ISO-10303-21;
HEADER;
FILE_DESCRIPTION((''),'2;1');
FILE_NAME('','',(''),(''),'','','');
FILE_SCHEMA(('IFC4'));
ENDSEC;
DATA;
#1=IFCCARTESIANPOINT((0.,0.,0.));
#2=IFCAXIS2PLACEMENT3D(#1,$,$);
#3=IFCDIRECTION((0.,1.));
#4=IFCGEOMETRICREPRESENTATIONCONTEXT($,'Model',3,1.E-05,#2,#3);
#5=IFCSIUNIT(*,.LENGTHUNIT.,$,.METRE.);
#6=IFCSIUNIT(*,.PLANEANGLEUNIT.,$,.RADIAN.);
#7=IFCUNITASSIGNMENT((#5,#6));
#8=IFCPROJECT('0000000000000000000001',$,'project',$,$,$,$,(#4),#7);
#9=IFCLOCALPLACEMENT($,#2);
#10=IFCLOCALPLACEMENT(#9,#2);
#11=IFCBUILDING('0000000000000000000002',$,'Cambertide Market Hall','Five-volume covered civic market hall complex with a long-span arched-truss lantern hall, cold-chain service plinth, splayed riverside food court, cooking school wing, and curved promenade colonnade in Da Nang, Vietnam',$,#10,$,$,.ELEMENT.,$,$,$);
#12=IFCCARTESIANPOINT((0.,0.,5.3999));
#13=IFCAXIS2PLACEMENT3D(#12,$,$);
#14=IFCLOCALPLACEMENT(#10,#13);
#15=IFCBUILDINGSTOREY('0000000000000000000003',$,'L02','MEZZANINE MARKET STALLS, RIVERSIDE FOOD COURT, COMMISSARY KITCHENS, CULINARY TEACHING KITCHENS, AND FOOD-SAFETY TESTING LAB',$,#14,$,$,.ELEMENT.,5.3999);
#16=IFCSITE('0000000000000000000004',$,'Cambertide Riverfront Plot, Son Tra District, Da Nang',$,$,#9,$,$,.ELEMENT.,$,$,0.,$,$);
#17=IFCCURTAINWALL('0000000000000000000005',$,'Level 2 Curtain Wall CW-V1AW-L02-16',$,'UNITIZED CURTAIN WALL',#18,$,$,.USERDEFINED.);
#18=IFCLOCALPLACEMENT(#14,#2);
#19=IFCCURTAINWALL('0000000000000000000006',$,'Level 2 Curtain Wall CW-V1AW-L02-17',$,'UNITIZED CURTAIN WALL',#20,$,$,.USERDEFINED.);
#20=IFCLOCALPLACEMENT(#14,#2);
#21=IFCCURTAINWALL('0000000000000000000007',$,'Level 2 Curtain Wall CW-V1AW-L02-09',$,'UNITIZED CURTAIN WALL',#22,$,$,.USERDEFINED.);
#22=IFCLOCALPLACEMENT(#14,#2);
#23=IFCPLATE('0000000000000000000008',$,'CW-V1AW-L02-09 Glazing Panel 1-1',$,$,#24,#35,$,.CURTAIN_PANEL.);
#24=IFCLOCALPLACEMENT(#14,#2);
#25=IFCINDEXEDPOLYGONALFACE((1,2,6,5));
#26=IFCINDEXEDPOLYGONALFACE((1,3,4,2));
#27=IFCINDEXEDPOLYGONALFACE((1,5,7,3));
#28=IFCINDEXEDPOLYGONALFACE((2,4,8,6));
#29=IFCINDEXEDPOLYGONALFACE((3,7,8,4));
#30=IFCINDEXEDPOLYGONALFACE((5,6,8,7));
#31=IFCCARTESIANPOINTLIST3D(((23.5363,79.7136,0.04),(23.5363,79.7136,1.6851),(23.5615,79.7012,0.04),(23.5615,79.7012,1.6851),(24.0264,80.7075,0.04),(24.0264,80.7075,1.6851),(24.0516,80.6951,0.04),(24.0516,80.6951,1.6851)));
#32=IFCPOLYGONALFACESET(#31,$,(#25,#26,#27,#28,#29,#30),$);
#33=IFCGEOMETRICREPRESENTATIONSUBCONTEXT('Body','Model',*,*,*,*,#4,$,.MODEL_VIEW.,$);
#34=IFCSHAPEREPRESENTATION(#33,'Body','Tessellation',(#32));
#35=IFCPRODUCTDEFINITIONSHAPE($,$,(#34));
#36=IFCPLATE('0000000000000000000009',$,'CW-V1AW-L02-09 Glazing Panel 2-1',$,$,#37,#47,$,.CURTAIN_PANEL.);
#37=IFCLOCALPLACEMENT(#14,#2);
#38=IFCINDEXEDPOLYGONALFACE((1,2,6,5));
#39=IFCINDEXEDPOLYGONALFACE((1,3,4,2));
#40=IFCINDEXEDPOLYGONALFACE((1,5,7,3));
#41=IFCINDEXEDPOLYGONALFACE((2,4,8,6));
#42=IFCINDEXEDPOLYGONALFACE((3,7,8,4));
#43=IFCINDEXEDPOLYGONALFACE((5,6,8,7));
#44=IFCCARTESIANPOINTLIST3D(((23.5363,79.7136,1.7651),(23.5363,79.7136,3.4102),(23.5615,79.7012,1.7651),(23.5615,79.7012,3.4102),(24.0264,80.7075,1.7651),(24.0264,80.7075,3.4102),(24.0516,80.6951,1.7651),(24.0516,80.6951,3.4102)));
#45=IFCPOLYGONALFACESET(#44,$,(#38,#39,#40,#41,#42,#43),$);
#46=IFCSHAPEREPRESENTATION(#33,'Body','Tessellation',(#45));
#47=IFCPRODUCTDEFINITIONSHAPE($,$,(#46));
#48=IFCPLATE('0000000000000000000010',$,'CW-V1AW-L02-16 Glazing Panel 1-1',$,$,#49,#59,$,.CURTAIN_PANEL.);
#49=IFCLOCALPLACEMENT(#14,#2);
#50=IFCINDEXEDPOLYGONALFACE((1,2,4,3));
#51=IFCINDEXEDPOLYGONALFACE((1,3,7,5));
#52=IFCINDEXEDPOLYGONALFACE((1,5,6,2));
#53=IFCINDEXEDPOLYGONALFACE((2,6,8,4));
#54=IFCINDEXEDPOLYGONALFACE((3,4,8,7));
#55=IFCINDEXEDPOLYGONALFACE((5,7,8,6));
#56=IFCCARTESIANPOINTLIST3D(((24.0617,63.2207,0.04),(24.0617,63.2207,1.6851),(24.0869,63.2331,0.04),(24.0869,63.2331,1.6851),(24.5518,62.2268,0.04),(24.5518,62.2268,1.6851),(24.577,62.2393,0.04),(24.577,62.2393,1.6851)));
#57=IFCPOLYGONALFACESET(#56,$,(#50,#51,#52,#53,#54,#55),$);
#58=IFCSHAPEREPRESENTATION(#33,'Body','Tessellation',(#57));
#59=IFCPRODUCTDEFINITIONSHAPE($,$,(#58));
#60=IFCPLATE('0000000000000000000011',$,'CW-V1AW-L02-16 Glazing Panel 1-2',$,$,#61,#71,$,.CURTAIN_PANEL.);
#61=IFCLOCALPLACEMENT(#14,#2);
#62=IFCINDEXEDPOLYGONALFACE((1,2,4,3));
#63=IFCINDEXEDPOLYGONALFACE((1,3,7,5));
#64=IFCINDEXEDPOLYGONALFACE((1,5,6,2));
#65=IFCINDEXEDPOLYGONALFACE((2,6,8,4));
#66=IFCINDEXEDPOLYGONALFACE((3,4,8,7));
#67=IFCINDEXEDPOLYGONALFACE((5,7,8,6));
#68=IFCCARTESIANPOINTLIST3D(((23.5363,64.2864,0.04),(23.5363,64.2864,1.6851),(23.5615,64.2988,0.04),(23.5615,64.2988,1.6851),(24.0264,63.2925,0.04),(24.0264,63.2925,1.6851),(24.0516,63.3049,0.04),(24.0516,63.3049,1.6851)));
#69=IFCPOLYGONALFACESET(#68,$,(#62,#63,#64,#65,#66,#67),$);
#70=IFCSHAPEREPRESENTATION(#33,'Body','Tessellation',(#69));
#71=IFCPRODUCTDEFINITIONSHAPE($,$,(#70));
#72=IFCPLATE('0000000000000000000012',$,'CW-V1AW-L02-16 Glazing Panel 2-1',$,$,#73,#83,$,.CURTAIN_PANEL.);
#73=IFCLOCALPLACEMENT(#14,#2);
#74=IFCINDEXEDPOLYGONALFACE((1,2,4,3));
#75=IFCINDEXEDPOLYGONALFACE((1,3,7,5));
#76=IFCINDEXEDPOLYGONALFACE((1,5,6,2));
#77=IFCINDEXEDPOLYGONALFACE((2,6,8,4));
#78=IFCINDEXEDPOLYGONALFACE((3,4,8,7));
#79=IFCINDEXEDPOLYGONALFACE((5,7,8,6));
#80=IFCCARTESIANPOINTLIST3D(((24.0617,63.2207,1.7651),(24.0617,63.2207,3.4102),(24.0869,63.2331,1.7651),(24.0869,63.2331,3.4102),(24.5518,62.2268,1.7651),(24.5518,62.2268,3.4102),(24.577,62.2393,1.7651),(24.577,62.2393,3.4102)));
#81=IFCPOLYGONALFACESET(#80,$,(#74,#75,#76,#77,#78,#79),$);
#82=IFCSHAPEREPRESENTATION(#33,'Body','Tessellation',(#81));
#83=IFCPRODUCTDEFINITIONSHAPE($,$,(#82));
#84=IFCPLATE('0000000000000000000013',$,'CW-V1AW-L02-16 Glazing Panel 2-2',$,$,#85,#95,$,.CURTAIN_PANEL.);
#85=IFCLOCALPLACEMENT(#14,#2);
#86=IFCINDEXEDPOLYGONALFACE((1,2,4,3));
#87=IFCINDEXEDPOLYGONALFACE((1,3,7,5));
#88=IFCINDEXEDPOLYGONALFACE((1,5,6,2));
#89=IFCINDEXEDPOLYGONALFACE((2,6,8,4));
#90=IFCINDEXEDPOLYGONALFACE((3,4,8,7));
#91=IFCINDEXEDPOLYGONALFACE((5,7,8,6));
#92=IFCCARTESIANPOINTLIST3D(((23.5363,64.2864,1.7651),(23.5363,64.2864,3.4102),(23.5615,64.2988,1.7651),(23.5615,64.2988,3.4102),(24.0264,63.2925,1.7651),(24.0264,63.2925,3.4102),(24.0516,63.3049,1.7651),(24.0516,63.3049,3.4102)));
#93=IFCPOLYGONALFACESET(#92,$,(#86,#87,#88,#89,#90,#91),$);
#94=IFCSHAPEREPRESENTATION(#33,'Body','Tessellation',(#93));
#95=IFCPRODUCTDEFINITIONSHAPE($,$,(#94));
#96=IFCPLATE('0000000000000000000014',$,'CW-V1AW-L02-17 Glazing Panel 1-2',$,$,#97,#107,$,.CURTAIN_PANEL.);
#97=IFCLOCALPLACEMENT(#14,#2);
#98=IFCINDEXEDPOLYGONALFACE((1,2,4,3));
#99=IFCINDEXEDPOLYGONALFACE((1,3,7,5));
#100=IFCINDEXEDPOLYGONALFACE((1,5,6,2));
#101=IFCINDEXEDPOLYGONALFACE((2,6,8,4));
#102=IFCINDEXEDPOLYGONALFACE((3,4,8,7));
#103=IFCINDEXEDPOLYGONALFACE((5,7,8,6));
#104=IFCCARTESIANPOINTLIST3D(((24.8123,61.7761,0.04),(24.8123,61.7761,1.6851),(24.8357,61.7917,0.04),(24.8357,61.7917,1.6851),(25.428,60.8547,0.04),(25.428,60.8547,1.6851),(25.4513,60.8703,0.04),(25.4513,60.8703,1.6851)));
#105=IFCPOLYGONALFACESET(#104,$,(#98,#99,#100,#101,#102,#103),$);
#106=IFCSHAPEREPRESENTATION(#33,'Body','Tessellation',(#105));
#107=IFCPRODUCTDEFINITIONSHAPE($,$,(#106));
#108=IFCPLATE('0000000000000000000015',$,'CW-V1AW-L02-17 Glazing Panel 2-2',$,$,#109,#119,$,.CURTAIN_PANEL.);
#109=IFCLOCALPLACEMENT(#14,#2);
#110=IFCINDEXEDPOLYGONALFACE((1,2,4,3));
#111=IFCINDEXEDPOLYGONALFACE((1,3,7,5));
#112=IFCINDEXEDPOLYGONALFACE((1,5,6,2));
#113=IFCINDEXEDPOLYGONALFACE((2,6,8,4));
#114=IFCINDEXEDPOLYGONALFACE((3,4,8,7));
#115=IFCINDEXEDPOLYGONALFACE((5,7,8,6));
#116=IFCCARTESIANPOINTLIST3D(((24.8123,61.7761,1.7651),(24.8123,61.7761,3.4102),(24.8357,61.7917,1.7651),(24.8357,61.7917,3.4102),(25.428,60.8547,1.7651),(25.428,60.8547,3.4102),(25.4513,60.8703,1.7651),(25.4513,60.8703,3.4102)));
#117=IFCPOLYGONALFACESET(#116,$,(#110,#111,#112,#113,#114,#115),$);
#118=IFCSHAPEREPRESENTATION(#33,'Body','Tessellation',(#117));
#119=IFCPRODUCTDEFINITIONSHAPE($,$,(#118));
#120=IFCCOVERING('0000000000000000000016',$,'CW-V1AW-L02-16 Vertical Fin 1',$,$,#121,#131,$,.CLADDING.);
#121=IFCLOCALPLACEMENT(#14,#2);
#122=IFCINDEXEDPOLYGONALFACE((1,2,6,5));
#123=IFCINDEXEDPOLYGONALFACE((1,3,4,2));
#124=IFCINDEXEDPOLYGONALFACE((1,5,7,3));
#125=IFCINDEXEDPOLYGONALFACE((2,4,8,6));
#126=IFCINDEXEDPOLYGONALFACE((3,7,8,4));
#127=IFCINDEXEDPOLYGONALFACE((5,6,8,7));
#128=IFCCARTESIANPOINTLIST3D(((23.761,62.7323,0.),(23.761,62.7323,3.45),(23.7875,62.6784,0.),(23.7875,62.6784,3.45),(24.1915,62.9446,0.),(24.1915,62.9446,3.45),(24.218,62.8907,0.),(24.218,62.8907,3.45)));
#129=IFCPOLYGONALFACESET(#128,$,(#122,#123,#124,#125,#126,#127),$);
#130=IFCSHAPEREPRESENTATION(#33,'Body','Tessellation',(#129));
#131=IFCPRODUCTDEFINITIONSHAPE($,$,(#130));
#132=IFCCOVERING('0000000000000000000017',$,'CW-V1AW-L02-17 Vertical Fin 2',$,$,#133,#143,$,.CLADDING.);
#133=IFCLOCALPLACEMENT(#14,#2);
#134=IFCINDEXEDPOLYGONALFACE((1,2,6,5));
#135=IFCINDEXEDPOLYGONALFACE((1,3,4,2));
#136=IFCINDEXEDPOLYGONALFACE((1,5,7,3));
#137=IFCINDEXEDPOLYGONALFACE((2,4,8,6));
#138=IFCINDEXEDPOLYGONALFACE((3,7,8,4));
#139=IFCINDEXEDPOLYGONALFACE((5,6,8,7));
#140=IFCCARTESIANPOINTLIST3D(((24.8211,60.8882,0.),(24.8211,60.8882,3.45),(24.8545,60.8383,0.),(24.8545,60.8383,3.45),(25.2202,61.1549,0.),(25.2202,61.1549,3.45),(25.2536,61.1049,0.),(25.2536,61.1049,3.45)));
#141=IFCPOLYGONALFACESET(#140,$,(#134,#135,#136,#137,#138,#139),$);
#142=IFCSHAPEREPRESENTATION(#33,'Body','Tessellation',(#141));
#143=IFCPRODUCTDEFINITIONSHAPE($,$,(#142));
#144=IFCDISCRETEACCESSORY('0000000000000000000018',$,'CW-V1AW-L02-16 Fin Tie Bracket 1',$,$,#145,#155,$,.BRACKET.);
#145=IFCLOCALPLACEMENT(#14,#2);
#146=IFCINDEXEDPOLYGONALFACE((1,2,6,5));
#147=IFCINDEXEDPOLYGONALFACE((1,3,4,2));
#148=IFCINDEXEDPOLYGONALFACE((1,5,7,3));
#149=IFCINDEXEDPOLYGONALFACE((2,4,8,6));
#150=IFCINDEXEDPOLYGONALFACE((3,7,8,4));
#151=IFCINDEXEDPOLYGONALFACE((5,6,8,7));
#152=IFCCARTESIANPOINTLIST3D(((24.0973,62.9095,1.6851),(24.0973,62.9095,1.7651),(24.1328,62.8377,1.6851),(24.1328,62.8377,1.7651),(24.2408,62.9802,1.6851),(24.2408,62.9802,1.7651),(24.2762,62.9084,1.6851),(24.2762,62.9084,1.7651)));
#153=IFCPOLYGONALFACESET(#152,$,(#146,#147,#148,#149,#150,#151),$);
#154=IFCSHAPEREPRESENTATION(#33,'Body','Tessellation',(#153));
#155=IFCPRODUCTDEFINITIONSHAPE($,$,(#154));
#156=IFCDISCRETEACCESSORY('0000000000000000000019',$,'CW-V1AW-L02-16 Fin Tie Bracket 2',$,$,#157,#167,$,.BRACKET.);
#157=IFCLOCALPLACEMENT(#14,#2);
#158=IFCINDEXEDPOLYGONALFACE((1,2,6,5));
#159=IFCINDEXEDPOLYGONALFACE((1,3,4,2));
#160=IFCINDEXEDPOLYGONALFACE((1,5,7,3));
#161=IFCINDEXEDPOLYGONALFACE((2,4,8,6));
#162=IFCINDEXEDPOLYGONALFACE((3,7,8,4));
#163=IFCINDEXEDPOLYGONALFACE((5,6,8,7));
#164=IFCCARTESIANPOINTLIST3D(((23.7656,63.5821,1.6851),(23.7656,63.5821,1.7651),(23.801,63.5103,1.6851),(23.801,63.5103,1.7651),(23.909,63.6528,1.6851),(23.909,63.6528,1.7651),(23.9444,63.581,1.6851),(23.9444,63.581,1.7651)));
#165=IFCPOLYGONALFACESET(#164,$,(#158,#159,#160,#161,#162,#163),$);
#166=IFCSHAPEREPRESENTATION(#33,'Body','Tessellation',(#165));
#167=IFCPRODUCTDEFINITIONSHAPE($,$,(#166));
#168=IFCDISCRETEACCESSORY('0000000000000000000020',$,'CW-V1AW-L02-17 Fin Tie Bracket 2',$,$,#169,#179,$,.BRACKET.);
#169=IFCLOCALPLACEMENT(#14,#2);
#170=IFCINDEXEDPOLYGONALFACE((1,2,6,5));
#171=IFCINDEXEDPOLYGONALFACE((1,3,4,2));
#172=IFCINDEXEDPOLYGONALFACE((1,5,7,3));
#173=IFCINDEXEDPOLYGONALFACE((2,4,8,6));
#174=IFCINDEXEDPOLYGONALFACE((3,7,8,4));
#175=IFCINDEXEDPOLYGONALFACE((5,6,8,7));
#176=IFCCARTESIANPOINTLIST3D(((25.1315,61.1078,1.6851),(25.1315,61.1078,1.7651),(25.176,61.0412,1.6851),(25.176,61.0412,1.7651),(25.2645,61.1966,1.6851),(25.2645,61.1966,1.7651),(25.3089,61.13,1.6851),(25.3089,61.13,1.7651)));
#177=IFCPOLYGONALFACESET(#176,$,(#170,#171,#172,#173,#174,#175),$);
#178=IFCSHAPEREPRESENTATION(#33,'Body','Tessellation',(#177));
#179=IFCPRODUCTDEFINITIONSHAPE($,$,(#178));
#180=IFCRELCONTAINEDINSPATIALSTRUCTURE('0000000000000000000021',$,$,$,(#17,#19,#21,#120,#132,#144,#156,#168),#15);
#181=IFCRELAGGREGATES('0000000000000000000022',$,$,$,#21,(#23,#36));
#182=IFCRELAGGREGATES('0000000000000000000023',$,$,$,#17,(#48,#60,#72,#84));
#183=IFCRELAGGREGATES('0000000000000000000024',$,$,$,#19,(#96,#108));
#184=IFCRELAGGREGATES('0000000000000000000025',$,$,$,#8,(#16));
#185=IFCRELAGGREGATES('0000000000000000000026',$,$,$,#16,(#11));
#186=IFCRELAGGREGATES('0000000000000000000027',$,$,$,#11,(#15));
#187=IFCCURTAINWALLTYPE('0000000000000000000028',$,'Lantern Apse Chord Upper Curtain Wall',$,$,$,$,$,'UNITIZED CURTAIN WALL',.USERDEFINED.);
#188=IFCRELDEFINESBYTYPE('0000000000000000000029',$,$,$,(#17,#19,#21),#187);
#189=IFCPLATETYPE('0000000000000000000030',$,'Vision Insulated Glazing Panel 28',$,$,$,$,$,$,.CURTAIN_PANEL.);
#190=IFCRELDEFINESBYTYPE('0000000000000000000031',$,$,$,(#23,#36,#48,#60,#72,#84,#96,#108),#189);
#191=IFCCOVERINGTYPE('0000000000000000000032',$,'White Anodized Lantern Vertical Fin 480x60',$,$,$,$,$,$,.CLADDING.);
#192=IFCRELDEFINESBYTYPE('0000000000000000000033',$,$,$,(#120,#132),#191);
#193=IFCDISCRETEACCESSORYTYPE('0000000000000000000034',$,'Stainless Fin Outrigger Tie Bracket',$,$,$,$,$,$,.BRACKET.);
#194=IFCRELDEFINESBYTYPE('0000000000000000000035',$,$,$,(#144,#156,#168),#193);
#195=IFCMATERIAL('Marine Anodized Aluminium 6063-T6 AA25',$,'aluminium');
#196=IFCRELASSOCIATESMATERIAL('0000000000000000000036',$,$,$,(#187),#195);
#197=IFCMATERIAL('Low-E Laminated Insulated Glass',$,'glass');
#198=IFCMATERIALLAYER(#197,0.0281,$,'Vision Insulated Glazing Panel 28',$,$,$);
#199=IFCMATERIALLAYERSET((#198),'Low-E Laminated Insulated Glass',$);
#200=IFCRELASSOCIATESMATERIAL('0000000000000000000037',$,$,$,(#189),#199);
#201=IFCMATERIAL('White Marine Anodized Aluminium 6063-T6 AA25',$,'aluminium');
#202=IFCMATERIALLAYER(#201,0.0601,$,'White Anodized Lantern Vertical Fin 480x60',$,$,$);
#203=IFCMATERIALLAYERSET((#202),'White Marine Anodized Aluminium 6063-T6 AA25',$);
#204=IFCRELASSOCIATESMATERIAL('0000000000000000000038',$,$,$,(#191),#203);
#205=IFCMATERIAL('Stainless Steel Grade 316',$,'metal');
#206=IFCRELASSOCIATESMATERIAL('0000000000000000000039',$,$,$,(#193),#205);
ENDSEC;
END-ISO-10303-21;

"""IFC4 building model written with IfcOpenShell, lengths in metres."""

from ifc_helpers import new_model, si_unit, direction, frame, origin, origin_2d, place, context, subcontext, project, spatial, rectangle, extrude, material, layer, layer_set, type_object, element, aggregate, save


model = new_model("IFC4")

# Units and contexts
model_context = context("Model", 3, precision=1e-05, world=origin(), true_north=direction((0.0, 1.0)))
body_context = subcontext(model_context, "Body", "Model", "MODEL_VIEW")
ifc_project = project(units=[si_unit("LENGTHUNIT", "METRE"), si_unit("PLANEANGLEUNIT", "RADIAN")], contexts=[model_context])

# Site, building, storey
site_placement = place(None, origin())
site = spatial("IfcSite", under=ifc_project, at=site_placement, Name="Cambertide Riverfront Plot, Son Tra District, Da Nang", CompositionType="ELEMENT", RefElevation=0.0)
building_placement = place(site_placement, origin())
building = spatial("IfcBuilding", under=site, at=building_placement, Name="Cambertide Market Hall", Description="Five-volume covered civic market hall complex with a long-span arched-truss lantern hall, cold-chain service plinth, splayed riverside food court, cooking school wing, and curved promenade colonnade in Da Nang, Vietnam", CompositionType="ELEMENT")
storey_placement = place(building_placement, frame((0.0, 0.0, 5.3999)))
storey = spatial("IfcBuildingStorey", under=building, at=storey_placement, Name="L02", Description="MEZZANINE MARKET STALLS, RIVERSIDE FOOD COURT, COMMISSARY KITCHENS, CULINARY TEACHING KITCHENS, AND FOOD-SAFETY TESTING LAB", CompositionType="ELEMENT", Elevation=5.3999)

# Curtain walls
ifc_material_1 = material(Name="Marine Anodized Aluminium 6063-T6 AA25", Category="aluminium")
curtain_wall_type = type_object("IfcCurtainWallType", Name="Lantern Apse Chord Upper Curtain Wall", ElementType="UNITIZED CURTAIN WALL", PredefinedType="USERDEFINED", material=ifc_material_1)
curtain_wall_1_placement = place(storey_placement, origin())
curtain_wall_1 = element("IfcCurtainWall", 1, at=curtain_wall_1_placement, inside=storey, type_object=curtain_wall_type, Name="Level 2 Curtain Wall CW-V1AW-L02-16", ObjectType="UNITIZED CURTAIN WALL", PredefinedType="USERDEFINED")
curtain_wall_2_placement = place(storey_placement, origin())
curtain_wall_2 = element("IfcCurtainWall", 2, at=curtain_wall_2_placement, inside=storey, type_object=curtain_wall_type, Name="Level 2 Curtain Wall CW-V1AW-L02-17", ObjectType="UNITIZED CURTAIN WALL", PredefinedType="USERDEFINED")

# Curtain wall, plates
curtain_wall_3_placement = place(storey_placement, origin())
curtain_wall_3 = element("IfcCurtainWall", 3, at=curtain_wall_3_placement, inside=storey, type_object=curtain_wall_type, Name="Level 2 Curtain Wall CW-V1AW-L02-09", ObjectType="UNITIZED CURTAIN WALL", PredefinedType="USERDEFINED")
ifc_material_2 = material(Name="Low-E Laminated Insulated Glass", Category="glass")
ifc_layer_1 = layer(ifc_material_2, 0.0281, Name="Vision Insulated Glazing Panel 28")
ifc_layer_set_1 = layer_set([ifc_layer_1], Name="Low-E Laminated Insulated Glass")
plate_type = type_object("IfcPlateType", Name="Vision Insulated Glazing Panel 28", PredefinedType="CURTAIN_PANEL", material=ifc_layer_set_1)
plate_1_placement = place(storey_placement, frame((23.7939, 80.2043, 0.04), z_axis=(0.0, 0.0, 1.0), x_axis=(0.442289, 0.896873, 0.0)))
plate_1 = element("IfcPlate", 4, at=plate_1_placement, type_object=plate_type, Name="CW-V1AW-L02-09 Glazing Panel 1-1", PredefinedType="CURTAIN_PANEL", context=body_context, shape_type="SweptSolid", body=[
    extrude(rectangle(XDim=1.1082, YDim=0.0281, at=origin_2d()), origin(), (0.0, 0.0, 1.0), 1.645),
])
plate_2_placement = place(storey_placement, frame((23.7939, 80.2043, 1.7651), z_axis=(0.0, 0.0, 1.0), x_axis=(0.442289, 0.896873, 0.0)))
plate_2 = element("IfcPlate", 5, at=plate_2_placement, type_object=plate_type, Name="CW-V1AW-L02-09 Glazing Panel 2-1", PredefinedType="CURTAIN_PANEL", context=body_context, shape_type="SweptSolid", body=[
    extrude(rectangle(XDim=1.1082, YDim=0.0281, at=origin_2d()), origin(), (0.0, 0.0, 1.0), 1.645),
])
aggregate(curtain_wall_3, [plate_1, plate_2])

# Plates
plate_3_placement = place(storey_placement, frame((24.3193, 62.73, 0.04), z_axis=(0.0, 0.0, 1.0), x_axis=(-0.442289, 0.896873, 0.0)))
plate_3 = element("IfcPlate", 6, at=plate_3_placement, type_object=plate_type, Name="CW-V1AW-L02-16 Glazing Panel 1-1", PredefinedType="CURTAIN_PANEL", context=body_context, shape_type="SweptSolid", body=[
    extrude(rectangle(XDim=1.1082, YDim=0.0281, at=origin_2d()), origin(), (0.0, 0.0, 1.0), 1.645),
])
plate_4_placement = place(storey_placement, frame((23.7939, 63.7957, 0.04), z_axis=(0.0, 0.0, 1.0), x_axis=(-0.442289, 0.896873, 0.0)))
plate_4 = element("IfcPlate", 7, at=plate_4_placement, type_object=plate_type, Name="CW-V1AW-L02-16 Glazing Panel 1-2", PredefinedType="CURTAIN_PANEL", context=body_context, shape_type="SweptSolid", body=[
    extrude(rectangle(XDim=1.1082, YDim=0.0281, at=origin_2d()), origin(), (0.0, 0.0, 1.0), 1.645),
])
plate_5_placement = place(storey_placement, frame((24.3193, 62.73, 1.7651), z_axis=(0.0, 0.0, 1.0), x_axis=(-0.442289, 0.896873, 0.0)))
plate_5 = element("IfcPlate", 8, at=plate_5_placement, type_object=plate_type, Name="CW-V1AW-L02-16 Glazing Panel 2-1", PredefinedType="CURTAIN_PANEL", context=body_context, shape_type="SweptSolid", body=[
    extrude(rectangle(XDim=1.1082, YDim=0.0281, at=origin_2d()), origin(), (0.0, 0.0, 1.0), 1.645),
])
plate_6_placement = place(storey_placement, frame((23.7939, 63.7957, 1.7651), z_axis=(0.0, 0.0, 1.0), x_axis=(-0.442289, 0.896873, 0.0)))
plate_6 = element("IfcPlate", 9, at=plate_6_placement, type_object=plate_type, Name="CW-V1AW-L02-16 Glazing Panel 2-2", PredefinedType="CURTAIN_PANEL", context=body_context, shape_type="SweptSolid", body=[
    extrude(rectangle(XDim=1.1082, YDim=0.0281, at=origin_2d()), origin(), (0.0, 0.0, 1.0), 1.645),
])
aggregate(curtain_wall_1, [plate_3, plate_4, plate_5, plate_6])
plate_7_placement = place(storey_placement, frame((25.1318, 61.3232, 0.04), z_axis=(0.0, 0.0, 1.0), x_axis=(-0.55557, 0.83147, 0.0)))
plate_7 = element("IfcPlate", 10, at=plate_7_placement, type_object=plate_type, Name="CW-V1AW-L02-17 Glazing Panel 1-2", PredefinedType="CURTAIN_PANEL", context=body_context, shape_type="SweptSolid", body=[
    extrude(rectangle(XDim=1.1082, YDim=0.0281, at=origin_2d()), origin(), (0.0, 0.0, 1.0), 1.645),
])
plate_8_placement = place(storey_placement, frame((25.1318, 61.3232, 1.7651), z_axis=(0.0, 0.0, 1.0), x_axis=(-0.55557, 0.83147, 0.0)))
plate_8 = element("IfcPlate", 11, at=plate_8_placement, type_object=plate_type, Name="CW-V1AW-L02-17 Glazing Panel 2-2", PredefinedType="CURTAIN_PANEL", context=body_context, shape_type="SweptSolid", body=[
    extrude(rectangle(XDim=1.1082, YDim=0.0281, at=origin_2d()), origin(), (0.0, 0.0, 1.0), 1.645),
])
aggregate(curtain_wall_2, [plate_7, plate_8])

# Coverings
ifc_material_3 = material(Name="White Marine Anodized Aluminium 6063-T6 AA25", Category="aluminium")
ifc_layer_2 = layer(ifc_material_3, 0.0601, Name="White Anodized Lantern Vertical Fin 480x60")
ifc_layer_set_2 = layer_set([ifc_layer_2], Name="White Marine Anodized Aluminium 6063-T6 AA25")
covering_type = type_object("IfcCoveringType", Name="White Anodized Lantern Vertical Fin 480x60", PredefinedType="CLADDING", material=ifc_layer_set_2)
for number, where, z_axis, x_axis, name in (
    (12, (23.9895, 62.8115, 0.0), (0.0, 0.0, 1.0), (-0.442289, 0.896873, 0.0), "CW-V1AW-L02-16 Vertical Fin 1"),
    (13, (25.0374, 60.9966, 0.0), (0.0, 0.0, 1.0), (-0.55557, 0.83147, 0.0), "CW-V1AW-L02-17 Vertical Fin 2"),
):
    element("IfcCovering", number, at=place(storey_placement, frame(where, z_axis=z_axis, x_axis=x_axis)), inside=storey, type_object=covering_type, Name=name, PredefinedType="CLADDING", context=body_context, shape_type="SweptSolid", body=[
        extrude(rectangle(XDim=0.0601, YDim=0.48, at=origin_2d()), origin(), (0.0, 0.0, 1.0), 3.45),
    ])

# Discrete accessories
ifc_material_4 = material(Name="Stainless Steel Grade 316", Category="metal")
discrete_accessory_type = type_object("IfcDiscreteAccessoryType", Name="Stainless Fin Outrigger Tie Bracket", PredefinedType="BRACKET", material=ifc_material_4)
for number, where, z_axis, x_axis, name in (
    (14, (24.1868, 62.9089, 1.6851), (0.0, 0.0, 1.0), (-0.442289, 0.896873, 0.0), "CW-V1AW-L02-16 Fin Tie Bracket 1"),
    (15, (23.855, 63.5815, 1.6851), (0.0, 0.0, 1.0), (-0.442289, 0.896873, 0.0), "CW-V1AW-L02-16 Fin Tie Bracket 2"),
    (16, (25.2202, 61.1189, 1.6851), (0.0, 0.0, 1.0), (-0.55557, 0.83147, 0.0), "CW-V1AW-L02-17 Fin Tie Bracket 2"),
):
    element("IfcDiscreteAccessory", number, at=place(storey_placement, frame(where, z_axis=z_axis, x_axis=x_axis)), inside=storey, type_object=discrete_accessory_type, Name=name, PredefinedType="BRACKET", context=body_context, shape_type="SweptSolid", body=[
        extrude(rectangle(XDim=0.0801, YDim=0.1599, at=origin_2d()), origin(), (0.0, 0.0, 1.0), 0.0801),
    ])

save(model, "model.ifc")
